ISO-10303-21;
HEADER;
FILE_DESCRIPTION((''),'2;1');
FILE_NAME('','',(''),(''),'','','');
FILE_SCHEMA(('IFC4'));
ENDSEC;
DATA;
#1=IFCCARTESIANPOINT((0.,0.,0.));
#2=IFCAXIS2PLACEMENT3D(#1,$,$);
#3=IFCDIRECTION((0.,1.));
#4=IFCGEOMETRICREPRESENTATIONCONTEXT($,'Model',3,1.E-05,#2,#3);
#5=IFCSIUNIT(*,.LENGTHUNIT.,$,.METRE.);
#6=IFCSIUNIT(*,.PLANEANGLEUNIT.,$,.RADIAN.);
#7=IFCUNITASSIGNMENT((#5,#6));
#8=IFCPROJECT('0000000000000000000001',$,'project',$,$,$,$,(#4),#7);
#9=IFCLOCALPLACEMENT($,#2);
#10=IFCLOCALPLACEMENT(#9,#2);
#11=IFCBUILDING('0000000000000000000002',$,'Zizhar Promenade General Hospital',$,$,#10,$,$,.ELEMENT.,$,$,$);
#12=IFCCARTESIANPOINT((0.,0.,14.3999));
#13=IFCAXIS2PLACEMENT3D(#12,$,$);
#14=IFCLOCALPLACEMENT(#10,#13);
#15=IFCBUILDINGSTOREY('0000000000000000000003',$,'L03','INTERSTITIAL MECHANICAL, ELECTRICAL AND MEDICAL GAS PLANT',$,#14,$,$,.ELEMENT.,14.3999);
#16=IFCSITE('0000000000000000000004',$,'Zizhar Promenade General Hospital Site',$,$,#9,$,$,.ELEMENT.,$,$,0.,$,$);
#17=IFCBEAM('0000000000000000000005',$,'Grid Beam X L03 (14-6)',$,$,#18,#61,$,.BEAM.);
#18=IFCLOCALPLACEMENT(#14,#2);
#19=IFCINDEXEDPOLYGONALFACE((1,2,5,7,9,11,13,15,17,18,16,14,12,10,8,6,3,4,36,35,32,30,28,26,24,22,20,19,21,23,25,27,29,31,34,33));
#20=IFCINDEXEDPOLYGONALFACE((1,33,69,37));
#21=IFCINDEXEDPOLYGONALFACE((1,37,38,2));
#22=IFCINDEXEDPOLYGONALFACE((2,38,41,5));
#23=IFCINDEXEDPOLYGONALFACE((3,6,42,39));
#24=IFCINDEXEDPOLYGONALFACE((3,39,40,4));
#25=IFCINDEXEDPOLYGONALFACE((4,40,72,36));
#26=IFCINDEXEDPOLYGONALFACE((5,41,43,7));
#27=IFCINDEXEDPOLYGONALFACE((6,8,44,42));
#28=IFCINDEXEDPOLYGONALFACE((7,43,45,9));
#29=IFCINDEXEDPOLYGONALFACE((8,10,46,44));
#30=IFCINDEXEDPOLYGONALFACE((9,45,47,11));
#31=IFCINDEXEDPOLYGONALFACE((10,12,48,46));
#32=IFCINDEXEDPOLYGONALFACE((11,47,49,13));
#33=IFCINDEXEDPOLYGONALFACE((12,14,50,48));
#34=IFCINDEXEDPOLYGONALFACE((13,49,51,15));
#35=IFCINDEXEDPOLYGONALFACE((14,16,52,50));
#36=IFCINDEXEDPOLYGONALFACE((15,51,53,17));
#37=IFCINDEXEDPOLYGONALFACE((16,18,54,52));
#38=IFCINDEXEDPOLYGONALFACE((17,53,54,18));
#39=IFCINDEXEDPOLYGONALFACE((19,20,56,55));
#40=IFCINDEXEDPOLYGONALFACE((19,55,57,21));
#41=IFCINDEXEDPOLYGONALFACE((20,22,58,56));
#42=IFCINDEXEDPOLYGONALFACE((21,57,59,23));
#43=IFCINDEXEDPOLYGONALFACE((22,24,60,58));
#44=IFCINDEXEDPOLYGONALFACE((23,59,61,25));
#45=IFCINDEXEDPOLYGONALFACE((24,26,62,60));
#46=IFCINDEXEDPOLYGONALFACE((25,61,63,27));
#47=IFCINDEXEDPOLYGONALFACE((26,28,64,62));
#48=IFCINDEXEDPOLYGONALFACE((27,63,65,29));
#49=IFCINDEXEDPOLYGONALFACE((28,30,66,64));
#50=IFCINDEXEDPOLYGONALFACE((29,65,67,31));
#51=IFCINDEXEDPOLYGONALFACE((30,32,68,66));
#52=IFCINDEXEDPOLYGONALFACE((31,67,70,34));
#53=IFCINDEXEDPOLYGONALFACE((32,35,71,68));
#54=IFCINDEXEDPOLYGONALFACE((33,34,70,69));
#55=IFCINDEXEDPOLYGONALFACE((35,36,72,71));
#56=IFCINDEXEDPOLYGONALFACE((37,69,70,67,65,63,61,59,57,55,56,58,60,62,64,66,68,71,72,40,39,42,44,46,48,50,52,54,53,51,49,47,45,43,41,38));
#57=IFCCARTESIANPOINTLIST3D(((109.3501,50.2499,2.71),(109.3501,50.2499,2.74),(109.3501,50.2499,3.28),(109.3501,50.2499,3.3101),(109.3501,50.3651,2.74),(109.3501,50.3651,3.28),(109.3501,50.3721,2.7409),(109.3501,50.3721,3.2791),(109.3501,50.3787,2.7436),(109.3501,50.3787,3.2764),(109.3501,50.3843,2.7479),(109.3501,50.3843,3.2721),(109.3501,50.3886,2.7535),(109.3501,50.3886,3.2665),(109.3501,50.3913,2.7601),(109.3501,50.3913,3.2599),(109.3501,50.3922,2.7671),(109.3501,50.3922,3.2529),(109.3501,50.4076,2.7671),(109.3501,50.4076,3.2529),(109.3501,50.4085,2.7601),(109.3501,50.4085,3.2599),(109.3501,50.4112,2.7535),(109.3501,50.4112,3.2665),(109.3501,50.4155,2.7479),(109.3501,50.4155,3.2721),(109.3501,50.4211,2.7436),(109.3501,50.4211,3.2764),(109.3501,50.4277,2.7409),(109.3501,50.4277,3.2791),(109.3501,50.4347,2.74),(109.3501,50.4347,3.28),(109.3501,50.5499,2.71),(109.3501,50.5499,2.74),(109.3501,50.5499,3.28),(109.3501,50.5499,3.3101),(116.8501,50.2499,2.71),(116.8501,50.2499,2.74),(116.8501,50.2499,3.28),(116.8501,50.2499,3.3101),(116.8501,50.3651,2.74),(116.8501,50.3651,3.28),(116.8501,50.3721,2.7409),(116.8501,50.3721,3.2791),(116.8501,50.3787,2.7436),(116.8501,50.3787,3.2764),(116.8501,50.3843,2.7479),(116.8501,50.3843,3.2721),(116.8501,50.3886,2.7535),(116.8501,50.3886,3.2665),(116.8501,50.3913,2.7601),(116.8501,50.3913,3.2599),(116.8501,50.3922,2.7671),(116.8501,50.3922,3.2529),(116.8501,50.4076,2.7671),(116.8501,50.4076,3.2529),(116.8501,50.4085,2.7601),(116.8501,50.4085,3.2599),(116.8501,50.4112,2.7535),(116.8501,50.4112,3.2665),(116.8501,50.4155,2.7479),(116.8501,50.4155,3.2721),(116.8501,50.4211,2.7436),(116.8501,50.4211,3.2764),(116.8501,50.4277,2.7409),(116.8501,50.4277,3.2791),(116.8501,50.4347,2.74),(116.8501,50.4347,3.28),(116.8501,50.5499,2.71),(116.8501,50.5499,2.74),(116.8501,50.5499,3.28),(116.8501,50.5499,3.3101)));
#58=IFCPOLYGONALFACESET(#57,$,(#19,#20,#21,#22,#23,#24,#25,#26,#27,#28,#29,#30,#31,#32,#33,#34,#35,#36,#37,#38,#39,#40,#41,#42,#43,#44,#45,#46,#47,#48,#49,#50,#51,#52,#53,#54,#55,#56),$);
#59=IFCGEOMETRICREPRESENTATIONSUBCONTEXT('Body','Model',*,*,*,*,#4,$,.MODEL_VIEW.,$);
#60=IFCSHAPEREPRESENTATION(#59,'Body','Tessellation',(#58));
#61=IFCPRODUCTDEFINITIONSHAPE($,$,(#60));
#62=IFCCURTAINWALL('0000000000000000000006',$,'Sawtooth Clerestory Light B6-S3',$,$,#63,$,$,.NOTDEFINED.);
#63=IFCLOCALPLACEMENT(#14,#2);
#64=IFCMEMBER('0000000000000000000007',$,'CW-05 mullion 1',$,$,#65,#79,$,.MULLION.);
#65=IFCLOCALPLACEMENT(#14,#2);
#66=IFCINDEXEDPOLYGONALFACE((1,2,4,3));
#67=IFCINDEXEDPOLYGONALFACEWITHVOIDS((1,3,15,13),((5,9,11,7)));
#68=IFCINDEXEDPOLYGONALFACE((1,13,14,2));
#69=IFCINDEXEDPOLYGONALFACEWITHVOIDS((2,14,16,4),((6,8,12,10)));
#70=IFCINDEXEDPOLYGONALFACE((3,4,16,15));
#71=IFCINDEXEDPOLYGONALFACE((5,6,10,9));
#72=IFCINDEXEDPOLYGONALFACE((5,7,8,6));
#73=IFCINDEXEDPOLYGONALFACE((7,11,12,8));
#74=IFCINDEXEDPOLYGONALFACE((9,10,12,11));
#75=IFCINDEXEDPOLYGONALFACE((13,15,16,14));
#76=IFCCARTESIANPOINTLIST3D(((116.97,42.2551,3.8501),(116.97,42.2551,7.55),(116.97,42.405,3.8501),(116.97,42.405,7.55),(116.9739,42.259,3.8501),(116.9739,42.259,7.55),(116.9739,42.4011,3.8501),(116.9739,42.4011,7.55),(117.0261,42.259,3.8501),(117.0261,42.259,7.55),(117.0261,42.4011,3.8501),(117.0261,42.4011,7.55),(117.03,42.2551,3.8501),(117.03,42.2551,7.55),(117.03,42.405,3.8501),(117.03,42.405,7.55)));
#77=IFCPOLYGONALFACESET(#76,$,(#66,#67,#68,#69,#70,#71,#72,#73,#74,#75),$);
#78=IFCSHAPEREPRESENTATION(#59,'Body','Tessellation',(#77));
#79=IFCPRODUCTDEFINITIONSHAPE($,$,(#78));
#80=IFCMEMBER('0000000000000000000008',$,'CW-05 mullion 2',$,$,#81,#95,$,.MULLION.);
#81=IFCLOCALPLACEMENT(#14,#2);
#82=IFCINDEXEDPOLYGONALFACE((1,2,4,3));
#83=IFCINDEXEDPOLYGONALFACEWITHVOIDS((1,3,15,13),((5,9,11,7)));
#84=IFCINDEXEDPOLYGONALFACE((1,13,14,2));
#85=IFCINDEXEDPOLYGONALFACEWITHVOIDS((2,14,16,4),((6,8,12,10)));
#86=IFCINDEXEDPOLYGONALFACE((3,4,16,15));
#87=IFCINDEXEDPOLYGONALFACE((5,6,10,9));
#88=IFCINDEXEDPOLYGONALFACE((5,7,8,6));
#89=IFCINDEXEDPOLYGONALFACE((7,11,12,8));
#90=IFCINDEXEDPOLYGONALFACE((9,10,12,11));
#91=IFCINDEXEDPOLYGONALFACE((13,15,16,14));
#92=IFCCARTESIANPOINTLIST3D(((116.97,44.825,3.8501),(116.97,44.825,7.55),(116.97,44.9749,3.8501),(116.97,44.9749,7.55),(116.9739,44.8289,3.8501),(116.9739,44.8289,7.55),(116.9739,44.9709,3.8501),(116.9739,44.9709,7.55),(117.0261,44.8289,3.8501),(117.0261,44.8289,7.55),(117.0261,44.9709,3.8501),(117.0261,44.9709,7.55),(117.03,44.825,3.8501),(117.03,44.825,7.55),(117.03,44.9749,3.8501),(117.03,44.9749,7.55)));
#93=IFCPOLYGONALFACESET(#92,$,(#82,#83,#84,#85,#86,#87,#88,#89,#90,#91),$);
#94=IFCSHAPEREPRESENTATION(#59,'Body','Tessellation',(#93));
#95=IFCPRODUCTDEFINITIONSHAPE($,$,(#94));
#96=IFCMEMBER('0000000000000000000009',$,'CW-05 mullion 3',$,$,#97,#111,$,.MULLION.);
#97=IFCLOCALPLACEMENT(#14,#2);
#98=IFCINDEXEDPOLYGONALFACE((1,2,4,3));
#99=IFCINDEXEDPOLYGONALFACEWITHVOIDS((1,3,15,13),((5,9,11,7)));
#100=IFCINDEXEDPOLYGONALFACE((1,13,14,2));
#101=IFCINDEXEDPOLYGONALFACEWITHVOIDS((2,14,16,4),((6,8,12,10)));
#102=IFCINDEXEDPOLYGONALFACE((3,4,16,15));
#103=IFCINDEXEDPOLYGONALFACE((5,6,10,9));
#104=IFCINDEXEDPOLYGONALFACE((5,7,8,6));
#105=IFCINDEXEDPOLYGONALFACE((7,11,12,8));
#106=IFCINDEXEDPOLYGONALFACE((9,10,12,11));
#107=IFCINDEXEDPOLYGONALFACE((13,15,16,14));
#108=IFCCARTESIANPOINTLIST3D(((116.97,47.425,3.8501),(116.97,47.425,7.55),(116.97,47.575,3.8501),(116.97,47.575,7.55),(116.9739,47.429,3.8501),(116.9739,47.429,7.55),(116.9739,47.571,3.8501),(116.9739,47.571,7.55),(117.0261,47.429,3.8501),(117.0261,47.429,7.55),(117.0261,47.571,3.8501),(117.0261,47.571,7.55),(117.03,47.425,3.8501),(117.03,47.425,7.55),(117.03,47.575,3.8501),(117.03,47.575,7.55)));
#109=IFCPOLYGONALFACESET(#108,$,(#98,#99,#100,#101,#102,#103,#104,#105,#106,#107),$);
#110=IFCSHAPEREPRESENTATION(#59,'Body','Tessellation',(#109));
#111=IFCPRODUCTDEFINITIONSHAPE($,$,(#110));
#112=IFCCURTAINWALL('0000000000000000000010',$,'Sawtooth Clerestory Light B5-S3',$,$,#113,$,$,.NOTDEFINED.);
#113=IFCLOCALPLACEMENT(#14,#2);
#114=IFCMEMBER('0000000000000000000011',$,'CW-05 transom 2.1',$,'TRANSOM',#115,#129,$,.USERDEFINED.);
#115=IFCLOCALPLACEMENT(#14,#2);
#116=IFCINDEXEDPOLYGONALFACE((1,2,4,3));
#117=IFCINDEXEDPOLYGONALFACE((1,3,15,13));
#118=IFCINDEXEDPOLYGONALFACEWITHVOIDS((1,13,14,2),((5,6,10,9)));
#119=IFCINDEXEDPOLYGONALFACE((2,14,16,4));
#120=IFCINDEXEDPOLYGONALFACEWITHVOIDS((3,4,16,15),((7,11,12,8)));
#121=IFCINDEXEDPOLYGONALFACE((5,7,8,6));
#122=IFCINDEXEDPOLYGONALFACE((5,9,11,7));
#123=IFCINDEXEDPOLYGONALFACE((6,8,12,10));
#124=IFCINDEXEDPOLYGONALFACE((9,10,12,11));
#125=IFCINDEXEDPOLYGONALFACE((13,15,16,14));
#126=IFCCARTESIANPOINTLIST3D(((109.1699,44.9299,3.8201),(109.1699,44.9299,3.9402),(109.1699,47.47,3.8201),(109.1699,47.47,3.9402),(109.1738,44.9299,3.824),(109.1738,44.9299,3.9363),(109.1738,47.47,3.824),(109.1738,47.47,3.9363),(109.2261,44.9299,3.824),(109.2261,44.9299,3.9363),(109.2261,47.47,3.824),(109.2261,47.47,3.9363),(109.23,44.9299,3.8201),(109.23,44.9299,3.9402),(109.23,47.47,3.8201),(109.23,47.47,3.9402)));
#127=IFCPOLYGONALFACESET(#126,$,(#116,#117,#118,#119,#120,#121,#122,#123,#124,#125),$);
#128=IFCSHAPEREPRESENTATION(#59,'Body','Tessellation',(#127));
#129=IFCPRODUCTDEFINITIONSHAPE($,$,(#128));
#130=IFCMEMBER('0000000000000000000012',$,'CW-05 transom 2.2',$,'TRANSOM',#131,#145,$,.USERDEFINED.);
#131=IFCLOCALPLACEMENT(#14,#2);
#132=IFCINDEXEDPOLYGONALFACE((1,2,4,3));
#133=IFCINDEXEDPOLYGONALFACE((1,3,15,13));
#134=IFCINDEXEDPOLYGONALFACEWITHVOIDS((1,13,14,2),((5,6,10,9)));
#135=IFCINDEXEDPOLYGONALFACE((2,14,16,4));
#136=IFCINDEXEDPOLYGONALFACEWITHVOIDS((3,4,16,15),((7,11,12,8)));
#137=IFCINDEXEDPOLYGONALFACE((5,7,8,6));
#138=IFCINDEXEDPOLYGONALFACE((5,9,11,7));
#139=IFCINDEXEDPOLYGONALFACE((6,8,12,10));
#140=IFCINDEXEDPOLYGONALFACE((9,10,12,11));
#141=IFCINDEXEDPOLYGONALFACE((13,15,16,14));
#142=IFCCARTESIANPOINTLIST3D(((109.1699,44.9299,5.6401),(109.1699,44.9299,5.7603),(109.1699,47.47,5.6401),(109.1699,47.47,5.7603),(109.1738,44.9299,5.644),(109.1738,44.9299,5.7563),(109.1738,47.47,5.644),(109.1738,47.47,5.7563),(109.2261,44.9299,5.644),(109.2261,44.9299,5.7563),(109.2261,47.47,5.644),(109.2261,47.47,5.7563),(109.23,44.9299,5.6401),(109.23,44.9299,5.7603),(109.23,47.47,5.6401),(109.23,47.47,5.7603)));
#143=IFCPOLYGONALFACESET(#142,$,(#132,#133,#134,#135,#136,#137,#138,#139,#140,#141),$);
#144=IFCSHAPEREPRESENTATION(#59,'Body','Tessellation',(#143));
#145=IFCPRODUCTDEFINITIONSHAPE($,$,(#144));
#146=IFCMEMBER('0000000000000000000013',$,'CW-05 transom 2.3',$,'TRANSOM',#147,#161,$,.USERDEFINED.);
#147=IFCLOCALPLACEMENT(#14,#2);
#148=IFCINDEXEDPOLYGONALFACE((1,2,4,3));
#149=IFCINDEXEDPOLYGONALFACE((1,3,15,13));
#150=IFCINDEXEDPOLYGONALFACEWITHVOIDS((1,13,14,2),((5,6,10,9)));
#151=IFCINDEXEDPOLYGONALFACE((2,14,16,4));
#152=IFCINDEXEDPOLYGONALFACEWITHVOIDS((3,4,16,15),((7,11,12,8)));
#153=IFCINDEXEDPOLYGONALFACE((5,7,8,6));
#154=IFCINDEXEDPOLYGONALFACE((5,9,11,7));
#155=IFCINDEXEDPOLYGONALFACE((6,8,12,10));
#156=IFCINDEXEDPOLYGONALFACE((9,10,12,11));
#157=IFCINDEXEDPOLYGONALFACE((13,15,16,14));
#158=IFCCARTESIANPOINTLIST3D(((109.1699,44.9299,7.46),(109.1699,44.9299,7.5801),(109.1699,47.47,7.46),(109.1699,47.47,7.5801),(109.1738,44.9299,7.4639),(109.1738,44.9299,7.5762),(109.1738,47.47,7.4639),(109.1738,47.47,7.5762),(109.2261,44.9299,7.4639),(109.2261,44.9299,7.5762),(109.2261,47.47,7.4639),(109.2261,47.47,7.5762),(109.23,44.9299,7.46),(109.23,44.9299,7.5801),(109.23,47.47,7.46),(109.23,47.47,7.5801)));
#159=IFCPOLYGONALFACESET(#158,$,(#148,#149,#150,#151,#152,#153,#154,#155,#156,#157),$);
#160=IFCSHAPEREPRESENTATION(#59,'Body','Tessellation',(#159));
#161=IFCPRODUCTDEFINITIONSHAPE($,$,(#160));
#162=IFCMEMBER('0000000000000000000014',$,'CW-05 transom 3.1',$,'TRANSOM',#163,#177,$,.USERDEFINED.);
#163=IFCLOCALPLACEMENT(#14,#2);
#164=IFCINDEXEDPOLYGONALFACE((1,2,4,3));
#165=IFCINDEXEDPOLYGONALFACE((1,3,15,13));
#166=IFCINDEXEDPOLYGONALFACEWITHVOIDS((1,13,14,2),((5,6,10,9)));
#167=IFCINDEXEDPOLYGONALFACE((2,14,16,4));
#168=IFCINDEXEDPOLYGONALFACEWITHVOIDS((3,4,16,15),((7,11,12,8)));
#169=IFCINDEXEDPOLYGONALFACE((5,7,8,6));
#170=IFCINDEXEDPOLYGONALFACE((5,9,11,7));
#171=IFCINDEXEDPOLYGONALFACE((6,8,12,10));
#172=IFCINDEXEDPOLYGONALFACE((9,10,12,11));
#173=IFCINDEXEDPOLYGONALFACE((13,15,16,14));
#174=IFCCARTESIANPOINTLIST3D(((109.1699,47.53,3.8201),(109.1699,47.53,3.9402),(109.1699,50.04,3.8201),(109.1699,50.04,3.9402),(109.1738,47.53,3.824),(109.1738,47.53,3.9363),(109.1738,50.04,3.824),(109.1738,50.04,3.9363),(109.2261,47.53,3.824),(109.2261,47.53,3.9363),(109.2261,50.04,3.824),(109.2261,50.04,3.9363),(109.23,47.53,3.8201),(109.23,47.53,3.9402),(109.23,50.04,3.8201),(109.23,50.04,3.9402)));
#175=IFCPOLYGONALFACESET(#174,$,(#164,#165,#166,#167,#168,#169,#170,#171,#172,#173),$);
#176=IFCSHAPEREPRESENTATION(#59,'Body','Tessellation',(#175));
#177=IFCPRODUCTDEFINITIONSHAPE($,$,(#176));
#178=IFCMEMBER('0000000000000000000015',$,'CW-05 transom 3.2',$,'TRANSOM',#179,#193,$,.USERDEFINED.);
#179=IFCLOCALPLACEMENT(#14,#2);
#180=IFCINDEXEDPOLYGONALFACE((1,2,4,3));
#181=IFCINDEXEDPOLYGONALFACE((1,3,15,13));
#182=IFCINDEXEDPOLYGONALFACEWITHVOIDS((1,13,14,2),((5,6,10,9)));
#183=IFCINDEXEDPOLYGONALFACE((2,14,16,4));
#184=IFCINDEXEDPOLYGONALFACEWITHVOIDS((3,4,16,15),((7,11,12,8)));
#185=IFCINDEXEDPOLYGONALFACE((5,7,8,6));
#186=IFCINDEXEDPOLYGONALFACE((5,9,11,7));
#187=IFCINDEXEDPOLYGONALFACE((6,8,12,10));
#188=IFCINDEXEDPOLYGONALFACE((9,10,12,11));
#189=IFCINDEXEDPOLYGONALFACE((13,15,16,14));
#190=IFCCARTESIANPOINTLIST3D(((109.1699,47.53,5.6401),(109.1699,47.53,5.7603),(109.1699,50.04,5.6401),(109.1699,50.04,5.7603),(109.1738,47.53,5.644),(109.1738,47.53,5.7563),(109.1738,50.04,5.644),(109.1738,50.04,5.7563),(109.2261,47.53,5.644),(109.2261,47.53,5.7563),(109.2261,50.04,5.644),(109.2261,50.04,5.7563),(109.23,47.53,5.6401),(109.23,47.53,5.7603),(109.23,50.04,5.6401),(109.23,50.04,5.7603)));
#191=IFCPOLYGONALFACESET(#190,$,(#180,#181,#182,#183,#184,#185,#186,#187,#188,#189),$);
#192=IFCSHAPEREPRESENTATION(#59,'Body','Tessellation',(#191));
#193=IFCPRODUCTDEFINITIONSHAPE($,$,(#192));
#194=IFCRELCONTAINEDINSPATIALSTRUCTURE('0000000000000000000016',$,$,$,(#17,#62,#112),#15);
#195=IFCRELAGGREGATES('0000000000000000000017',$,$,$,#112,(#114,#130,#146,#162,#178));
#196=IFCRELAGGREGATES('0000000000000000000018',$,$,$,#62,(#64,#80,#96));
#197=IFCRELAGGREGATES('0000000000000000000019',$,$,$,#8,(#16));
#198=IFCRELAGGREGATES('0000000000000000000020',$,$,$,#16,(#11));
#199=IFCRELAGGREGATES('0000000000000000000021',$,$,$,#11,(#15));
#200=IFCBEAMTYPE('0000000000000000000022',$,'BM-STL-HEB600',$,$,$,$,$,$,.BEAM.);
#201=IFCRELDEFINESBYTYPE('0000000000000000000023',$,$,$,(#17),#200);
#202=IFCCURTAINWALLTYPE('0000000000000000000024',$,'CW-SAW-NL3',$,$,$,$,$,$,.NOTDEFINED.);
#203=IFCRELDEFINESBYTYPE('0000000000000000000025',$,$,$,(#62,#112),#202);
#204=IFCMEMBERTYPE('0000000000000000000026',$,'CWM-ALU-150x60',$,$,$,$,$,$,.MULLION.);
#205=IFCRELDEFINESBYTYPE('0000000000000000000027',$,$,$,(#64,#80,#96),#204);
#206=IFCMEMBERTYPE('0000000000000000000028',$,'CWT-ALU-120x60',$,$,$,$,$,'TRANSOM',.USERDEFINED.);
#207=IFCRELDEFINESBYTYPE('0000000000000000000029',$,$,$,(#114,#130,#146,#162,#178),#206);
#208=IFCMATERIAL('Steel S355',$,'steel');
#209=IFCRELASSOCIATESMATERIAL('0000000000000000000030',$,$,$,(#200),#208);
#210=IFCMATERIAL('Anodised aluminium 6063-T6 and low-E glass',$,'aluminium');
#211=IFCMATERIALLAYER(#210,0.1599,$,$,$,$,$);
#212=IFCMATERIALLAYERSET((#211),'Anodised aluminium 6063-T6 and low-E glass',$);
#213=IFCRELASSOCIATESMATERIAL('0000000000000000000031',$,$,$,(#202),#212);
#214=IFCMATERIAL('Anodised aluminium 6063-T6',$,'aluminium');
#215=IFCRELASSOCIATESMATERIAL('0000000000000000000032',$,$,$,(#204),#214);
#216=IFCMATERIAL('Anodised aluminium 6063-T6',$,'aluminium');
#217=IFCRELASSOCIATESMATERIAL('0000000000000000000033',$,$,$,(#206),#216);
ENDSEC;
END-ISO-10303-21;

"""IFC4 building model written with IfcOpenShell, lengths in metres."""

from ifc_helpers import new_model, si_unit, direction, frame, origin, origin_2d, place, context, subcontext, project, spatial, hollow_rectangle, i_section, extrude, material, layer, layer_set, material_profile, profile_set, type_object, element, aggregate, save


model = new_model("IFC4")

# Units and contexts
model_context = context("Model", 3, precision=1e-05, world=origin(), true_north=direction((0.0, 1.0)))
body_context = subcontext(model_context, "Body", "Model", "MODEL_VIEW")
ifc_project = project(units=[si_unit("LENGTHUNIT", "METRE"), si_unit("PLANEANGLEUNIT", "RADIAN")], contexts=[model_context])

# Site, building, storey
site_placement = place(None, origin())
site = spatial("IfcSite", under=ifc_project, at=site_placement, Name="Zizhar Promenade General Hospital Site", CompositionType="ELEMENT", RefElevation=0.0)
building_placement = place(site_placement, origin())
building = spatial("IfcBuilding", under=site, at=building_placement, Name="Zizhar Promenade General Hospital", CompositionType="ELEMENT")
storey_placement = place(building_placement, frame((0.0, 0.0, 14.3999)))
storey = spatial("IfcBuildingStorey", under=building, at=storey_placement, Name="L03", Description="INTERSTITIAL MECHANICAL, ELECTRICAL AND MEDICAL GAS PLANT", CompositionType="ELEMENT", Elevation=14.3999)

# Beam
ifc_material_1 = material(Name="Steel S355", Category="steel")
ifc_material_profile_1 = material_profile(ifc_material_1, i_section(OverallWidth=0.3, OverallDepth=0.6001, WebThickness=0.0154, FlangeThickness=0.03, FilletRadius=0.0271, at=origin_2d()))
ifc_profile_set_1 = profile_set([ifc_material_profile_1], Name="Steel S355")
beam_type = type_object("IfcBeamType", Name="BM-STL-HEB600", PredefinedType="BEAM", material=ifc_profile_set_1)
beam_placement = place(storey_placement, frame((109.3501, 50.3999, 3.01), z_axis=(1.0, 0.0, 0.0), x_axis=(0.0, 1.0, 0.0)))
element("IfcBeam", 1, at=beam_placement, inside=storey, type_object=beam_type, Name="Grid Beam X L03 (14-6)", PredefinedType="BEAM", context=body_context, shape_type="SweptSolid", body=[
    extrude(i_section(OverallWidth=0.3, OverallDepth=0.6001, WebThickness=0.0154, FlangeThickness=0.03, FilletRadius=0.0271, at=origin_2d()), origin(), (0.0, 0.0, 1.0), 7.5),
])

# Curtain walls, members
ifc_material_2 = material(Name="Anodised aluminium 6063-T6 and low-E glass", Category="aluminium")
ifc_layer_1 = layer(ifc_material_2, 0.1599)
ifc_layer_set_1 = layer_set([ifc_layer_1], Name="Anodised aluminium 6063-T6 and low-E glass")
curtain_wall_type = type_object("IfcCurtainWallType", Name="CW-SAW-NL3", PredefinedType="NOTDEFINED", material=ifc_layer_set_1)
curtain_wall_1_placement = place(storey_placement, origin())
curtain_wall_1 = element("IfcCurtainWall", 2, at=curtain_wall_1_placement, inside=storey, type_object=curtain_wall_type, Name="Sawtooth Clerestory Light B6-S3", PredefinedType="NOTDEFINED")
ifc_material_3 = material(Name="Anodised aluminium 6063-T6", Category="aluminium")
ifc_material_profile_2 = material_profile(ifc_material_3, hollow_rectangle(XDim=0.0601, YDim=0.1499, WallThickness=0.0039, at=origin_2d()))
ifc_profile_set_2 = profile_set([ifc_material_profile_2], Name="Anodised aluminium 6063-T6")
member_type_1 = type_object("IfcMemberType", Name="CWM-ALU-150x60", PredefinedType="MULLION", material=ifc_profile_set_2)
member_1_placement = place(storey_placement, frame((117.0, 42.3301, 3.8501), z_axis=(0.0, 0.0, 1.0), x_axis=(-1.0, 0.0, 0.0)))
member_1 = element("IfcMember", 3, at=member_1_placement, type_object=member_type_1, Name="CW-05 mullion 1", PredefinedType="MULLION", context=body_context, shape_type="SweptSolid", body=[
    extrude(hollow_rectangle(XDim=0.0601, YDim=0.1499, WallThickness=0.0039, at=origin_2d()), origin(), (0.0, 0.0, 1.0), 3.7),
])
member_2_placement = place(storey_placement, frame((117.0, 44.8999, 3.8501), z_axis=(0.0, 0.0, 1.0), x_axis=(-1.0, 0.0, 0.0)))
member_2 = element("IfcMember", 4, at=member_2_placement, type_object=member_type_1, Name="CW-05 mullion 2", PredefinedType="MULLION", context=body_context, shape_type="SweptSolid", body=[
    extrude(hollow_rectangle(XDim=0.0601, YDim=0.1499, WallThickness=0.0039, at=origin_2d()), origin(), (0.0, 0.0, 1.0), 3.7),
])
member_3_placement = place(storey_placement, frame((117.0, 47.5, 3.8501), z_axis=(0.0, 0.0, 1.0), x_axis=(-1.0, 0.0, 0.0)))
member_3 = element("IfcMember", 5, at=member_3_placement, type_object=member_type_1, Name="CW-05 mullion 3", PredefinedType="MULLION", context=body_context, shape_type="SweptSolid", body=[
    extrude(hollow_rectangle(XDim=0.0601, YDim=0.1499, WallThickness=0.0039, at=origin_2d()), origin(), (0.0, 0.0, 1.0), 3.7),
])
curtain_wall_2_placement = place(storey_placement, origin())
curtain_wall_2 = element("IfcCurtainWall", 6, at=curtain_wall_2_placement, inside=storey, type_object=curtain_wall_type, Name="Sawtooth Clerestory Light B5-S3", PredefinedType="NOTDEFINED")
ifc_material_4 = material(Name="Anodised aluminium 6063-T6", Category="aluminium")
ifc_material_profile_3 = material_profile(ifc_material_4, hollow_rectangle(XDim=0.0601, YDim=0.1201, WallThickness=0.0039, at=origin_2d()))
ifc_profile_set_3 = profile_set([ifc_material_profile_3], Name="Anodised aluminium 6063-T6")
member_type_2 = type_object("IfcMemberType", Name="CWT-ALU-120x60", ElementType="TRANSOM", PredefinedType="USERDEFINED", material=ifc_profile_set_3)
member_4_placement = place(storey_placement, frame((109.2, 44.9299, 3.8801), z_axis=(0.0, 1.0, 0.0), x_axis=(-1.0, 0.0, 0.0)))
member_4 = element("IfcMember", 7, at=member_4_placement, type_object=member_type_2, Name="CW-05 transom 2.1", ObjectType="TRANSOM", PredefinedType="USERDEFINED", context=body_context, shape_type="SweptSolid", body=[
    extrude(hollow_rectangle(XDim=0.0601, YDim=0.1201, WallThickness=0.0039, at=origin_2d()), origin(), (0.0, 0.0, 1.0), 2.54),
])
member_5_placement = place(storey_placement, frame((109.2, 44.9299, 5.7002), z_axis=(0.0, 1.0, 0.0), x_axis=(-1.0, 0.0, 0.0)))
member_5 = element("IfcMember", 8, at=member_5_placement, type_object=member_type_2, Name="CW-05 transom 2.2", ObjectType="TRANSOM", PredefinedType="USERDEFINED", context=body_context, shape_type="SweptSolid", body=[
    extrude(hollow_rectangle(XDim=0.0601, YDim=0.1201, WallThickness=0.0039, at=origin_2d()), origin(), (0.0, 0.0, 1.0), 2.54),
])
member_6_placement = place(storey_placement, frame((109.2, 44.9299, 7.52), z_axis=(0.0, 1.0, 0.0), x_axis=(-1.0, 0.0, 0.0)))
member_6 = element("IfcMember", 9, at=member_6_placement, type_object=member_type_2, Name="CW-05 transom 2.3", ObjectType="TRANSOM", PredefinedType="USERDEFINED", context=body_context, shape_type="SweptSolid", body=[
    extrude(hollow_rectangle(XDim=0.0601, YDim=0.1201, WallThickness=0.0039, at=origin_2d()), origin(), (0.0, 0.0, 1.0), 2.54),
])
member_7_placement = place(storey_placement, frame((109.2, 47.53, 3.8801), z_axis=(0.0, 1.0, 0.0), x_axis=(-1.0, 0.0, 0.0)))
member_7 = element("IfcMember", 10, at=member_7_placement, type_object=member_type_2, Name="CW-05 transom 3.1", ObjectType="TRANSOM", PredefinedType="USERDEFINED", context=body_context, shape_type="SweptSolid", body=[
    extrude(hollow_rectangle(XDim=0.0601, YDim=0.1201, WallThickness=0.0039, at=origin_2d()), origin(), (0.0, 0.0, 1.0), 2.51),
])
member_8_placement = place(storey_placement, frame((109.2, 47.53, 5.7002), z_axis=(0.0, 1.0, 0.0), x_axis=(-1.0, 0.0, 0.0)))
member_8 = element("IfcMember", 11, at=member_8_placement, type_object=member_type_2, Name="CW-05 transom 3.2", ObjectType="TRANSOM", PredefinedType="USERDEFINED", context=body_context, shape_type="SweptSolid", body=[
    extrude(hollow_rectangle(XDim=0.0601, YDim=0.1201, WallThickness=0.0039, at=origin_2d()), origin(), (0.0, 0.0, 1.0), 2.51),
])

aggregate(curtain_wall_2, [member_4, member_5, member_6, member_7, member_8])
aggregate(curtain_wall_1, [member_1, member_2, member_3])

save(model, "model.ifc")
